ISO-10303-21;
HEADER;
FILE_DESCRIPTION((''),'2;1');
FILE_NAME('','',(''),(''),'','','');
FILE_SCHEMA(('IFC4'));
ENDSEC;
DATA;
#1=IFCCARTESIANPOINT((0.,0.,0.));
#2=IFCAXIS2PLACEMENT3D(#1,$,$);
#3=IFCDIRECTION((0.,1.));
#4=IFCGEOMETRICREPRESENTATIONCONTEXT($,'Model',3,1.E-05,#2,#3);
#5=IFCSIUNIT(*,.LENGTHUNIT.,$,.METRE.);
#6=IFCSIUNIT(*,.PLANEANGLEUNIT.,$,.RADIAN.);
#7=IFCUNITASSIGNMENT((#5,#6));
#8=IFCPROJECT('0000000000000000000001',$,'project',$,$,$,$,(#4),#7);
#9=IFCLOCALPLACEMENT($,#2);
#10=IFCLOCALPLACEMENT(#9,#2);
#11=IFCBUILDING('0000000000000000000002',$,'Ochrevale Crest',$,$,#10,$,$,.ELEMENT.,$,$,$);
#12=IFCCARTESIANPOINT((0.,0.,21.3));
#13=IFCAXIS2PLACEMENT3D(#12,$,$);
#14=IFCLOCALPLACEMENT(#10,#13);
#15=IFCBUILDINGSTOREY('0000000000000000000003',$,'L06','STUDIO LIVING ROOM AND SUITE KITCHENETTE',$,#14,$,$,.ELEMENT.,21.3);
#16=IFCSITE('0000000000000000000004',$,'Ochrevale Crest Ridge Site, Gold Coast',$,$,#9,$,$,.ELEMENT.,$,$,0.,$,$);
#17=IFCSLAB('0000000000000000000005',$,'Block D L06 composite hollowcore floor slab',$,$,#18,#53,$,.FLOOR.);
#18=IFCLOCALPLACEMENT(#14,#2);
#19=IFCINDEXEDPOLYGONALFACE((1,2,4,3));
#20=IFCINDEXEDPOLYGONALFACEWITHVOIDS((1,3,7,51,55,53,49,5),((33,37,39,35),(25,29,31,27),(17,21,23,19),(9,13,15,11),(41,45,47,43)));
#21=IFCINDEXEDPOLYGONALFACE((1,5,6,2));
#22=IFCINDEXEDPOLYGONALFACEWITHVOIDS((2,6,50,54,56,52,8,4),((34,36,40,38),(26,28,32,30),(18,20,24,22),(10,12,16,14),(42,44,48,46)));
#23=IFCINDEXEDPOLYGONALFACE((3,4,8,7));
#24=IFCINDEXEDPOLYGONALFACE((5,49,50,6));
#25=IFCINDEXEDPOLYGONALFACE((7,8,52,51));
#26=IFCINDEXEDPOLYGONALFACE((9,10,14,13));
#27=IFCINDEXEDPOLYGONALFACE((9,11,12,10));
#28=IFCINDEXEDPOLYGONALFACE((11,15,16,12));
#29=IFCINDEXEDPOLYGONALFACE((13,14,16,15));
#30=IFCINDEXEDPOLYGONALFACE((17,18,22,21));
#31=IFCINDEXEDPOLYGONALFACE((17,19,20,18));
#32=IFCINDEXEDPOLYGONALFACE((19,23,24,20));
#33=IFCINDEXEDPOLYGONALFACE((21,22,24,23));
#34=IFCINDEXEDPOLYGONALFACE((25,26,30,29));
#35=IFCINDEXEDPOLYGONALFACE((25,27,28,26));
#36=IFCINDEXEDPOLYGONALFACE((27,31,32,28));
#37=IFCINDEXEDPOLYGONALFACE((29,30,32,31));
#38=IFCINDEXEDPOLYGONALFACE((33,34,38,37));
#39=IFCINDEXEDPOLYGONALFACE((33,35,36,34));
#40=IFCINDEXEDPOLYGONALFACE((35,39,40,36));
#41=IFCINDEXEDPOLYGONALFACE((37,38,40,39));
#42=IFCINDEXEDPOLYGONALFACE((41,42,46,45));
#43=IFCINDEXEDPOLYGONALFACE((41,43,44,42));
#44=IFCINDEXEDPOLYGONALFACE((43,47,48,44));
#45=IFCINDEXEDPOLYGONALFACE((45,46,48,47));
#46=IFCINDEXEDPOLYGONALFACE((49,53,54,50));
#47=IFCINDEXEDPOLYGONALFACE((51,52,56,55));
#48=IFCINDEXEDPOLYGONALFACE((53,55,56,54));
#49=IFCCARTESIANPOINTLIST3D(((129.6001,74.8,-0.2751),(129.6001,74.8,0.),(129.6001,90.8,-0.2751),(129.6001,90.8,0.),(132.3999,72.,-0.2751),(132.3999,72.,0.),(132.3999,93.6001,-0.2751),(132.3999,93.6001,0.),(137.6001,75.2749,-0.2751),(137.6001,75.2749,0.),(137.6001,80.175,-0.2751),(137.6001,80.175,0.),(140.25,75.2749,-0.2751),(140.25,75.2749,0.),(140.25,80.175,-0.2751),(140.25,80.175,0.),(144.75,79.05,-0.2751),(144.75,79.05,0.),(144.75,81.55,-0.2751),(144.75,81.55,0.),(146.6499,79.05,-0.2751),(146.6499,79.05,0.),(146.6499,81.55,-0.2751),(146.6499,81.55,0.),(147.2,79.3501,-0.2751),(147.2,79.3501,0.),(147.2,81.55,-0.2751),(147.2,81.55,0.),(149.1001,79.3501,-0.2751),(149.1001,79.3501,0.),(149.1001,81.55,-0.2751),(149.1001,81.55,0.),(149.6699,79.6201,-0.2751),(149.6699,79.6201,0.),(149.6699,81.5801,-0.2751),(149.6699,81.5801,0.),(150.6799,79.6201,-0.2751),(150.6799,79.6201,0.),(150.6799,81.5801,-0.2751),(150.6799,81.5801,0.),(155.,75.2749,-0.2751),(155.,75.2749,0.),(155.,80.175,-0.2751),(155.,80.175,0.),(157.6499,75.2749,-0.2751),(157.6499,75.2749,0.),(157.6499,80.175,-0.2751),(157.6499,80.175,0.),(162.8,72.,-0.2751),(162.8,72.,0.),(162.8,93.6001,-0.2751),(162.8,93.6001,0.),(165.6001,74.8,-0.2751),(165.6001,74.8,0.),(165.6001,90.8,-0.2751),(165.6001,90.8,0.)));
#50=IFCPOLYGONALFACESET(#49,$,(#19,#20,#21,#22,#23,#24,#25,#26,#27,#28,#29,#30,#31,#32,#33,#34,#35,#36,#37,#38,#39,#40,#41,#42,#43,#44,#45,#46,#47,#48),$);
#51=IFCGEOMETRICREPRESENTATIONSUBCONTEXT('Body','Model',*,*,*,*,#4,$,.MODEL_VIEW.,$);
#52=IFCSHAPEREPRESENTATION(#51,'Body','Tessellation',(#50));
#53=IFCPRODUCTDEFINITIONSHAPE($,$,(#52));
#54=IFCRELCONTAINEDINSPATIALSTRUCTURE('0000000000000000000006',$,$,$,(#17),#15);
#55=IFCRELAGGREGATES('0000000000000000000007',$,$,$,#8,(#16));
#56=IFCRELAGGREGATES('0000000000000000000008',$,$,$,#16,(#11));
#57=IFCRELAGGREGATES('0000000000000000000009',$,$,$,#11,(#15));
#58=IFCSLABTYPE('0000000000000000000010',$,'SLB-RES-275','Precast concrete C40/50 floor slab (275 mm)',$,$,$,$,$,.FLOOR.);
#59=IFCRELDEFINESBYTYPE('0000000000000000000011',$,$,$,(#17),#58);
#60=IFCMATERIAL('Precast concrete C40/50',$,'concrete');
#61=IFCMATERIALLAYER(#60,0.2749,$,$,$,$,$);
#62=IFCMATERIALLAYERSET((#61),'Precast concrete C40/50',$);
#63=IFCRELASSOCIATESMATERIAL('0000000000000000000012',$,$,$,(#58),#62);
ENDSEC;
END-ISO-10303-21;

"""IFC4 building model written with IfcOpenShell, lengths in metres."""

from ifc_helpers import new_model, si_unit, direction, frame, origin, place, context, subcontext, project, spatial, polyline, outline, extrude, material, layer, layer_set, type_object, element, save


model = new_model("IFC4")

# Units and contexts
model_context = context("Model", 3, precision=1e-05, world=origin(), true_north=direction((0.0, 1.0)))
body_context = subcontext(model_context, "Body", "Model", "MODEL_VIEW")
ifc_project = project(units=[si_unit("LENGTHUNIT", "METRE"), si_unit("PLANEANGLEUNIT", "RADIAN")], contexts=[model_context])

# Site, building, storey
site_placement = place(None, origin())
site = spatial("IfcSite", under=ifc_project, at=site_placement, Name="Ochrevale Crest Ridge Site, Gold Coast", CompositionType="ELEMENT", RefElevation=0.0)
building_placement = place(site_placement, origin())
building = spatial("IfcBuilding", under=site, at=building_placement, Name="Ochrevale Crest", CompositionType="ELEMENT")
storey_placement = place(building_placement, frame((0.0, 0.0, 21.3)))
storey = spatial("IfcBuildingStorey", under=building, at=storey_placement, Name="L06", Description="STUDIO LIVING ROOM AND SUITE KITCHENETTE", CompositionType="ELEMENT", Elevation=21.3)

# Slab
ifc_material = material(Name="Precast concrete C40/50", Category="concrete")
ifc_layer_1 = layer(ifc_material, 0.2749)
ifc_layer_set_1 = layer_set([ifc_layer_1], Name="Precast concrete C40/50")
slab_type_1 = type_object("IfcSlabType", Name="SLB-RES-275", Description="Precast concrete C40/50 floor slab (275 mm)", PredefinedType="FLOOR", material=ifc_layer_set_1)
slab_1_placement = place(storey_placement, frame((0.0, 0.0, -0.2751)))
element("IfcSlab", 1, at=slab_1_placement, inside=storey, type_object=slab_type_1, Name="Block D L06 composite hollowcore floor slab", PredefinedType="FLOOR", context=body_context, shape_type="SweptSolid", body=[
    extrude(outline(polyline([(132.3999, 72.0), (162.8, 72.0), (165.6001, 74.8), (165.6001, 90.8), (162.8, 93.6001), (132.3999, 93.6001), (129.6001, 90.8), (129.6001, 74.8), (132.3999, 72.0)]), holes=[polyline([(137.6001, 80.175), (137.6001, 75.2749), (140.25, 75.2749), (140.25, 80.175), (137.6001, 80.175)]), polyline([(155.0, 80.175), (155.0, 75.2749), (157.6499, 75.2749), (157.6499, 80.175), (155.0, 80.175)]), polyline([(144.75, 79.05), (146.6499, 79.05), (146.6499, 81.55), (144.75, 81.55), (144.75, 79.05)]), polyline([(147.2, 79.3501), (149.1001, 79.3501), (149.1001, 81.55), (147.2, 81.55), (147.2, 79.3501)]), polyline([(149.6699, 79.6201), (150.6799, 79.6201), (150.6799, 81.5801), (149.6699, 81.5801), (149.6699, 79.6201)])]), origin(), (0.0, 0.0, 1.0), 0.2751),
])

save(model, "model.ifc")
